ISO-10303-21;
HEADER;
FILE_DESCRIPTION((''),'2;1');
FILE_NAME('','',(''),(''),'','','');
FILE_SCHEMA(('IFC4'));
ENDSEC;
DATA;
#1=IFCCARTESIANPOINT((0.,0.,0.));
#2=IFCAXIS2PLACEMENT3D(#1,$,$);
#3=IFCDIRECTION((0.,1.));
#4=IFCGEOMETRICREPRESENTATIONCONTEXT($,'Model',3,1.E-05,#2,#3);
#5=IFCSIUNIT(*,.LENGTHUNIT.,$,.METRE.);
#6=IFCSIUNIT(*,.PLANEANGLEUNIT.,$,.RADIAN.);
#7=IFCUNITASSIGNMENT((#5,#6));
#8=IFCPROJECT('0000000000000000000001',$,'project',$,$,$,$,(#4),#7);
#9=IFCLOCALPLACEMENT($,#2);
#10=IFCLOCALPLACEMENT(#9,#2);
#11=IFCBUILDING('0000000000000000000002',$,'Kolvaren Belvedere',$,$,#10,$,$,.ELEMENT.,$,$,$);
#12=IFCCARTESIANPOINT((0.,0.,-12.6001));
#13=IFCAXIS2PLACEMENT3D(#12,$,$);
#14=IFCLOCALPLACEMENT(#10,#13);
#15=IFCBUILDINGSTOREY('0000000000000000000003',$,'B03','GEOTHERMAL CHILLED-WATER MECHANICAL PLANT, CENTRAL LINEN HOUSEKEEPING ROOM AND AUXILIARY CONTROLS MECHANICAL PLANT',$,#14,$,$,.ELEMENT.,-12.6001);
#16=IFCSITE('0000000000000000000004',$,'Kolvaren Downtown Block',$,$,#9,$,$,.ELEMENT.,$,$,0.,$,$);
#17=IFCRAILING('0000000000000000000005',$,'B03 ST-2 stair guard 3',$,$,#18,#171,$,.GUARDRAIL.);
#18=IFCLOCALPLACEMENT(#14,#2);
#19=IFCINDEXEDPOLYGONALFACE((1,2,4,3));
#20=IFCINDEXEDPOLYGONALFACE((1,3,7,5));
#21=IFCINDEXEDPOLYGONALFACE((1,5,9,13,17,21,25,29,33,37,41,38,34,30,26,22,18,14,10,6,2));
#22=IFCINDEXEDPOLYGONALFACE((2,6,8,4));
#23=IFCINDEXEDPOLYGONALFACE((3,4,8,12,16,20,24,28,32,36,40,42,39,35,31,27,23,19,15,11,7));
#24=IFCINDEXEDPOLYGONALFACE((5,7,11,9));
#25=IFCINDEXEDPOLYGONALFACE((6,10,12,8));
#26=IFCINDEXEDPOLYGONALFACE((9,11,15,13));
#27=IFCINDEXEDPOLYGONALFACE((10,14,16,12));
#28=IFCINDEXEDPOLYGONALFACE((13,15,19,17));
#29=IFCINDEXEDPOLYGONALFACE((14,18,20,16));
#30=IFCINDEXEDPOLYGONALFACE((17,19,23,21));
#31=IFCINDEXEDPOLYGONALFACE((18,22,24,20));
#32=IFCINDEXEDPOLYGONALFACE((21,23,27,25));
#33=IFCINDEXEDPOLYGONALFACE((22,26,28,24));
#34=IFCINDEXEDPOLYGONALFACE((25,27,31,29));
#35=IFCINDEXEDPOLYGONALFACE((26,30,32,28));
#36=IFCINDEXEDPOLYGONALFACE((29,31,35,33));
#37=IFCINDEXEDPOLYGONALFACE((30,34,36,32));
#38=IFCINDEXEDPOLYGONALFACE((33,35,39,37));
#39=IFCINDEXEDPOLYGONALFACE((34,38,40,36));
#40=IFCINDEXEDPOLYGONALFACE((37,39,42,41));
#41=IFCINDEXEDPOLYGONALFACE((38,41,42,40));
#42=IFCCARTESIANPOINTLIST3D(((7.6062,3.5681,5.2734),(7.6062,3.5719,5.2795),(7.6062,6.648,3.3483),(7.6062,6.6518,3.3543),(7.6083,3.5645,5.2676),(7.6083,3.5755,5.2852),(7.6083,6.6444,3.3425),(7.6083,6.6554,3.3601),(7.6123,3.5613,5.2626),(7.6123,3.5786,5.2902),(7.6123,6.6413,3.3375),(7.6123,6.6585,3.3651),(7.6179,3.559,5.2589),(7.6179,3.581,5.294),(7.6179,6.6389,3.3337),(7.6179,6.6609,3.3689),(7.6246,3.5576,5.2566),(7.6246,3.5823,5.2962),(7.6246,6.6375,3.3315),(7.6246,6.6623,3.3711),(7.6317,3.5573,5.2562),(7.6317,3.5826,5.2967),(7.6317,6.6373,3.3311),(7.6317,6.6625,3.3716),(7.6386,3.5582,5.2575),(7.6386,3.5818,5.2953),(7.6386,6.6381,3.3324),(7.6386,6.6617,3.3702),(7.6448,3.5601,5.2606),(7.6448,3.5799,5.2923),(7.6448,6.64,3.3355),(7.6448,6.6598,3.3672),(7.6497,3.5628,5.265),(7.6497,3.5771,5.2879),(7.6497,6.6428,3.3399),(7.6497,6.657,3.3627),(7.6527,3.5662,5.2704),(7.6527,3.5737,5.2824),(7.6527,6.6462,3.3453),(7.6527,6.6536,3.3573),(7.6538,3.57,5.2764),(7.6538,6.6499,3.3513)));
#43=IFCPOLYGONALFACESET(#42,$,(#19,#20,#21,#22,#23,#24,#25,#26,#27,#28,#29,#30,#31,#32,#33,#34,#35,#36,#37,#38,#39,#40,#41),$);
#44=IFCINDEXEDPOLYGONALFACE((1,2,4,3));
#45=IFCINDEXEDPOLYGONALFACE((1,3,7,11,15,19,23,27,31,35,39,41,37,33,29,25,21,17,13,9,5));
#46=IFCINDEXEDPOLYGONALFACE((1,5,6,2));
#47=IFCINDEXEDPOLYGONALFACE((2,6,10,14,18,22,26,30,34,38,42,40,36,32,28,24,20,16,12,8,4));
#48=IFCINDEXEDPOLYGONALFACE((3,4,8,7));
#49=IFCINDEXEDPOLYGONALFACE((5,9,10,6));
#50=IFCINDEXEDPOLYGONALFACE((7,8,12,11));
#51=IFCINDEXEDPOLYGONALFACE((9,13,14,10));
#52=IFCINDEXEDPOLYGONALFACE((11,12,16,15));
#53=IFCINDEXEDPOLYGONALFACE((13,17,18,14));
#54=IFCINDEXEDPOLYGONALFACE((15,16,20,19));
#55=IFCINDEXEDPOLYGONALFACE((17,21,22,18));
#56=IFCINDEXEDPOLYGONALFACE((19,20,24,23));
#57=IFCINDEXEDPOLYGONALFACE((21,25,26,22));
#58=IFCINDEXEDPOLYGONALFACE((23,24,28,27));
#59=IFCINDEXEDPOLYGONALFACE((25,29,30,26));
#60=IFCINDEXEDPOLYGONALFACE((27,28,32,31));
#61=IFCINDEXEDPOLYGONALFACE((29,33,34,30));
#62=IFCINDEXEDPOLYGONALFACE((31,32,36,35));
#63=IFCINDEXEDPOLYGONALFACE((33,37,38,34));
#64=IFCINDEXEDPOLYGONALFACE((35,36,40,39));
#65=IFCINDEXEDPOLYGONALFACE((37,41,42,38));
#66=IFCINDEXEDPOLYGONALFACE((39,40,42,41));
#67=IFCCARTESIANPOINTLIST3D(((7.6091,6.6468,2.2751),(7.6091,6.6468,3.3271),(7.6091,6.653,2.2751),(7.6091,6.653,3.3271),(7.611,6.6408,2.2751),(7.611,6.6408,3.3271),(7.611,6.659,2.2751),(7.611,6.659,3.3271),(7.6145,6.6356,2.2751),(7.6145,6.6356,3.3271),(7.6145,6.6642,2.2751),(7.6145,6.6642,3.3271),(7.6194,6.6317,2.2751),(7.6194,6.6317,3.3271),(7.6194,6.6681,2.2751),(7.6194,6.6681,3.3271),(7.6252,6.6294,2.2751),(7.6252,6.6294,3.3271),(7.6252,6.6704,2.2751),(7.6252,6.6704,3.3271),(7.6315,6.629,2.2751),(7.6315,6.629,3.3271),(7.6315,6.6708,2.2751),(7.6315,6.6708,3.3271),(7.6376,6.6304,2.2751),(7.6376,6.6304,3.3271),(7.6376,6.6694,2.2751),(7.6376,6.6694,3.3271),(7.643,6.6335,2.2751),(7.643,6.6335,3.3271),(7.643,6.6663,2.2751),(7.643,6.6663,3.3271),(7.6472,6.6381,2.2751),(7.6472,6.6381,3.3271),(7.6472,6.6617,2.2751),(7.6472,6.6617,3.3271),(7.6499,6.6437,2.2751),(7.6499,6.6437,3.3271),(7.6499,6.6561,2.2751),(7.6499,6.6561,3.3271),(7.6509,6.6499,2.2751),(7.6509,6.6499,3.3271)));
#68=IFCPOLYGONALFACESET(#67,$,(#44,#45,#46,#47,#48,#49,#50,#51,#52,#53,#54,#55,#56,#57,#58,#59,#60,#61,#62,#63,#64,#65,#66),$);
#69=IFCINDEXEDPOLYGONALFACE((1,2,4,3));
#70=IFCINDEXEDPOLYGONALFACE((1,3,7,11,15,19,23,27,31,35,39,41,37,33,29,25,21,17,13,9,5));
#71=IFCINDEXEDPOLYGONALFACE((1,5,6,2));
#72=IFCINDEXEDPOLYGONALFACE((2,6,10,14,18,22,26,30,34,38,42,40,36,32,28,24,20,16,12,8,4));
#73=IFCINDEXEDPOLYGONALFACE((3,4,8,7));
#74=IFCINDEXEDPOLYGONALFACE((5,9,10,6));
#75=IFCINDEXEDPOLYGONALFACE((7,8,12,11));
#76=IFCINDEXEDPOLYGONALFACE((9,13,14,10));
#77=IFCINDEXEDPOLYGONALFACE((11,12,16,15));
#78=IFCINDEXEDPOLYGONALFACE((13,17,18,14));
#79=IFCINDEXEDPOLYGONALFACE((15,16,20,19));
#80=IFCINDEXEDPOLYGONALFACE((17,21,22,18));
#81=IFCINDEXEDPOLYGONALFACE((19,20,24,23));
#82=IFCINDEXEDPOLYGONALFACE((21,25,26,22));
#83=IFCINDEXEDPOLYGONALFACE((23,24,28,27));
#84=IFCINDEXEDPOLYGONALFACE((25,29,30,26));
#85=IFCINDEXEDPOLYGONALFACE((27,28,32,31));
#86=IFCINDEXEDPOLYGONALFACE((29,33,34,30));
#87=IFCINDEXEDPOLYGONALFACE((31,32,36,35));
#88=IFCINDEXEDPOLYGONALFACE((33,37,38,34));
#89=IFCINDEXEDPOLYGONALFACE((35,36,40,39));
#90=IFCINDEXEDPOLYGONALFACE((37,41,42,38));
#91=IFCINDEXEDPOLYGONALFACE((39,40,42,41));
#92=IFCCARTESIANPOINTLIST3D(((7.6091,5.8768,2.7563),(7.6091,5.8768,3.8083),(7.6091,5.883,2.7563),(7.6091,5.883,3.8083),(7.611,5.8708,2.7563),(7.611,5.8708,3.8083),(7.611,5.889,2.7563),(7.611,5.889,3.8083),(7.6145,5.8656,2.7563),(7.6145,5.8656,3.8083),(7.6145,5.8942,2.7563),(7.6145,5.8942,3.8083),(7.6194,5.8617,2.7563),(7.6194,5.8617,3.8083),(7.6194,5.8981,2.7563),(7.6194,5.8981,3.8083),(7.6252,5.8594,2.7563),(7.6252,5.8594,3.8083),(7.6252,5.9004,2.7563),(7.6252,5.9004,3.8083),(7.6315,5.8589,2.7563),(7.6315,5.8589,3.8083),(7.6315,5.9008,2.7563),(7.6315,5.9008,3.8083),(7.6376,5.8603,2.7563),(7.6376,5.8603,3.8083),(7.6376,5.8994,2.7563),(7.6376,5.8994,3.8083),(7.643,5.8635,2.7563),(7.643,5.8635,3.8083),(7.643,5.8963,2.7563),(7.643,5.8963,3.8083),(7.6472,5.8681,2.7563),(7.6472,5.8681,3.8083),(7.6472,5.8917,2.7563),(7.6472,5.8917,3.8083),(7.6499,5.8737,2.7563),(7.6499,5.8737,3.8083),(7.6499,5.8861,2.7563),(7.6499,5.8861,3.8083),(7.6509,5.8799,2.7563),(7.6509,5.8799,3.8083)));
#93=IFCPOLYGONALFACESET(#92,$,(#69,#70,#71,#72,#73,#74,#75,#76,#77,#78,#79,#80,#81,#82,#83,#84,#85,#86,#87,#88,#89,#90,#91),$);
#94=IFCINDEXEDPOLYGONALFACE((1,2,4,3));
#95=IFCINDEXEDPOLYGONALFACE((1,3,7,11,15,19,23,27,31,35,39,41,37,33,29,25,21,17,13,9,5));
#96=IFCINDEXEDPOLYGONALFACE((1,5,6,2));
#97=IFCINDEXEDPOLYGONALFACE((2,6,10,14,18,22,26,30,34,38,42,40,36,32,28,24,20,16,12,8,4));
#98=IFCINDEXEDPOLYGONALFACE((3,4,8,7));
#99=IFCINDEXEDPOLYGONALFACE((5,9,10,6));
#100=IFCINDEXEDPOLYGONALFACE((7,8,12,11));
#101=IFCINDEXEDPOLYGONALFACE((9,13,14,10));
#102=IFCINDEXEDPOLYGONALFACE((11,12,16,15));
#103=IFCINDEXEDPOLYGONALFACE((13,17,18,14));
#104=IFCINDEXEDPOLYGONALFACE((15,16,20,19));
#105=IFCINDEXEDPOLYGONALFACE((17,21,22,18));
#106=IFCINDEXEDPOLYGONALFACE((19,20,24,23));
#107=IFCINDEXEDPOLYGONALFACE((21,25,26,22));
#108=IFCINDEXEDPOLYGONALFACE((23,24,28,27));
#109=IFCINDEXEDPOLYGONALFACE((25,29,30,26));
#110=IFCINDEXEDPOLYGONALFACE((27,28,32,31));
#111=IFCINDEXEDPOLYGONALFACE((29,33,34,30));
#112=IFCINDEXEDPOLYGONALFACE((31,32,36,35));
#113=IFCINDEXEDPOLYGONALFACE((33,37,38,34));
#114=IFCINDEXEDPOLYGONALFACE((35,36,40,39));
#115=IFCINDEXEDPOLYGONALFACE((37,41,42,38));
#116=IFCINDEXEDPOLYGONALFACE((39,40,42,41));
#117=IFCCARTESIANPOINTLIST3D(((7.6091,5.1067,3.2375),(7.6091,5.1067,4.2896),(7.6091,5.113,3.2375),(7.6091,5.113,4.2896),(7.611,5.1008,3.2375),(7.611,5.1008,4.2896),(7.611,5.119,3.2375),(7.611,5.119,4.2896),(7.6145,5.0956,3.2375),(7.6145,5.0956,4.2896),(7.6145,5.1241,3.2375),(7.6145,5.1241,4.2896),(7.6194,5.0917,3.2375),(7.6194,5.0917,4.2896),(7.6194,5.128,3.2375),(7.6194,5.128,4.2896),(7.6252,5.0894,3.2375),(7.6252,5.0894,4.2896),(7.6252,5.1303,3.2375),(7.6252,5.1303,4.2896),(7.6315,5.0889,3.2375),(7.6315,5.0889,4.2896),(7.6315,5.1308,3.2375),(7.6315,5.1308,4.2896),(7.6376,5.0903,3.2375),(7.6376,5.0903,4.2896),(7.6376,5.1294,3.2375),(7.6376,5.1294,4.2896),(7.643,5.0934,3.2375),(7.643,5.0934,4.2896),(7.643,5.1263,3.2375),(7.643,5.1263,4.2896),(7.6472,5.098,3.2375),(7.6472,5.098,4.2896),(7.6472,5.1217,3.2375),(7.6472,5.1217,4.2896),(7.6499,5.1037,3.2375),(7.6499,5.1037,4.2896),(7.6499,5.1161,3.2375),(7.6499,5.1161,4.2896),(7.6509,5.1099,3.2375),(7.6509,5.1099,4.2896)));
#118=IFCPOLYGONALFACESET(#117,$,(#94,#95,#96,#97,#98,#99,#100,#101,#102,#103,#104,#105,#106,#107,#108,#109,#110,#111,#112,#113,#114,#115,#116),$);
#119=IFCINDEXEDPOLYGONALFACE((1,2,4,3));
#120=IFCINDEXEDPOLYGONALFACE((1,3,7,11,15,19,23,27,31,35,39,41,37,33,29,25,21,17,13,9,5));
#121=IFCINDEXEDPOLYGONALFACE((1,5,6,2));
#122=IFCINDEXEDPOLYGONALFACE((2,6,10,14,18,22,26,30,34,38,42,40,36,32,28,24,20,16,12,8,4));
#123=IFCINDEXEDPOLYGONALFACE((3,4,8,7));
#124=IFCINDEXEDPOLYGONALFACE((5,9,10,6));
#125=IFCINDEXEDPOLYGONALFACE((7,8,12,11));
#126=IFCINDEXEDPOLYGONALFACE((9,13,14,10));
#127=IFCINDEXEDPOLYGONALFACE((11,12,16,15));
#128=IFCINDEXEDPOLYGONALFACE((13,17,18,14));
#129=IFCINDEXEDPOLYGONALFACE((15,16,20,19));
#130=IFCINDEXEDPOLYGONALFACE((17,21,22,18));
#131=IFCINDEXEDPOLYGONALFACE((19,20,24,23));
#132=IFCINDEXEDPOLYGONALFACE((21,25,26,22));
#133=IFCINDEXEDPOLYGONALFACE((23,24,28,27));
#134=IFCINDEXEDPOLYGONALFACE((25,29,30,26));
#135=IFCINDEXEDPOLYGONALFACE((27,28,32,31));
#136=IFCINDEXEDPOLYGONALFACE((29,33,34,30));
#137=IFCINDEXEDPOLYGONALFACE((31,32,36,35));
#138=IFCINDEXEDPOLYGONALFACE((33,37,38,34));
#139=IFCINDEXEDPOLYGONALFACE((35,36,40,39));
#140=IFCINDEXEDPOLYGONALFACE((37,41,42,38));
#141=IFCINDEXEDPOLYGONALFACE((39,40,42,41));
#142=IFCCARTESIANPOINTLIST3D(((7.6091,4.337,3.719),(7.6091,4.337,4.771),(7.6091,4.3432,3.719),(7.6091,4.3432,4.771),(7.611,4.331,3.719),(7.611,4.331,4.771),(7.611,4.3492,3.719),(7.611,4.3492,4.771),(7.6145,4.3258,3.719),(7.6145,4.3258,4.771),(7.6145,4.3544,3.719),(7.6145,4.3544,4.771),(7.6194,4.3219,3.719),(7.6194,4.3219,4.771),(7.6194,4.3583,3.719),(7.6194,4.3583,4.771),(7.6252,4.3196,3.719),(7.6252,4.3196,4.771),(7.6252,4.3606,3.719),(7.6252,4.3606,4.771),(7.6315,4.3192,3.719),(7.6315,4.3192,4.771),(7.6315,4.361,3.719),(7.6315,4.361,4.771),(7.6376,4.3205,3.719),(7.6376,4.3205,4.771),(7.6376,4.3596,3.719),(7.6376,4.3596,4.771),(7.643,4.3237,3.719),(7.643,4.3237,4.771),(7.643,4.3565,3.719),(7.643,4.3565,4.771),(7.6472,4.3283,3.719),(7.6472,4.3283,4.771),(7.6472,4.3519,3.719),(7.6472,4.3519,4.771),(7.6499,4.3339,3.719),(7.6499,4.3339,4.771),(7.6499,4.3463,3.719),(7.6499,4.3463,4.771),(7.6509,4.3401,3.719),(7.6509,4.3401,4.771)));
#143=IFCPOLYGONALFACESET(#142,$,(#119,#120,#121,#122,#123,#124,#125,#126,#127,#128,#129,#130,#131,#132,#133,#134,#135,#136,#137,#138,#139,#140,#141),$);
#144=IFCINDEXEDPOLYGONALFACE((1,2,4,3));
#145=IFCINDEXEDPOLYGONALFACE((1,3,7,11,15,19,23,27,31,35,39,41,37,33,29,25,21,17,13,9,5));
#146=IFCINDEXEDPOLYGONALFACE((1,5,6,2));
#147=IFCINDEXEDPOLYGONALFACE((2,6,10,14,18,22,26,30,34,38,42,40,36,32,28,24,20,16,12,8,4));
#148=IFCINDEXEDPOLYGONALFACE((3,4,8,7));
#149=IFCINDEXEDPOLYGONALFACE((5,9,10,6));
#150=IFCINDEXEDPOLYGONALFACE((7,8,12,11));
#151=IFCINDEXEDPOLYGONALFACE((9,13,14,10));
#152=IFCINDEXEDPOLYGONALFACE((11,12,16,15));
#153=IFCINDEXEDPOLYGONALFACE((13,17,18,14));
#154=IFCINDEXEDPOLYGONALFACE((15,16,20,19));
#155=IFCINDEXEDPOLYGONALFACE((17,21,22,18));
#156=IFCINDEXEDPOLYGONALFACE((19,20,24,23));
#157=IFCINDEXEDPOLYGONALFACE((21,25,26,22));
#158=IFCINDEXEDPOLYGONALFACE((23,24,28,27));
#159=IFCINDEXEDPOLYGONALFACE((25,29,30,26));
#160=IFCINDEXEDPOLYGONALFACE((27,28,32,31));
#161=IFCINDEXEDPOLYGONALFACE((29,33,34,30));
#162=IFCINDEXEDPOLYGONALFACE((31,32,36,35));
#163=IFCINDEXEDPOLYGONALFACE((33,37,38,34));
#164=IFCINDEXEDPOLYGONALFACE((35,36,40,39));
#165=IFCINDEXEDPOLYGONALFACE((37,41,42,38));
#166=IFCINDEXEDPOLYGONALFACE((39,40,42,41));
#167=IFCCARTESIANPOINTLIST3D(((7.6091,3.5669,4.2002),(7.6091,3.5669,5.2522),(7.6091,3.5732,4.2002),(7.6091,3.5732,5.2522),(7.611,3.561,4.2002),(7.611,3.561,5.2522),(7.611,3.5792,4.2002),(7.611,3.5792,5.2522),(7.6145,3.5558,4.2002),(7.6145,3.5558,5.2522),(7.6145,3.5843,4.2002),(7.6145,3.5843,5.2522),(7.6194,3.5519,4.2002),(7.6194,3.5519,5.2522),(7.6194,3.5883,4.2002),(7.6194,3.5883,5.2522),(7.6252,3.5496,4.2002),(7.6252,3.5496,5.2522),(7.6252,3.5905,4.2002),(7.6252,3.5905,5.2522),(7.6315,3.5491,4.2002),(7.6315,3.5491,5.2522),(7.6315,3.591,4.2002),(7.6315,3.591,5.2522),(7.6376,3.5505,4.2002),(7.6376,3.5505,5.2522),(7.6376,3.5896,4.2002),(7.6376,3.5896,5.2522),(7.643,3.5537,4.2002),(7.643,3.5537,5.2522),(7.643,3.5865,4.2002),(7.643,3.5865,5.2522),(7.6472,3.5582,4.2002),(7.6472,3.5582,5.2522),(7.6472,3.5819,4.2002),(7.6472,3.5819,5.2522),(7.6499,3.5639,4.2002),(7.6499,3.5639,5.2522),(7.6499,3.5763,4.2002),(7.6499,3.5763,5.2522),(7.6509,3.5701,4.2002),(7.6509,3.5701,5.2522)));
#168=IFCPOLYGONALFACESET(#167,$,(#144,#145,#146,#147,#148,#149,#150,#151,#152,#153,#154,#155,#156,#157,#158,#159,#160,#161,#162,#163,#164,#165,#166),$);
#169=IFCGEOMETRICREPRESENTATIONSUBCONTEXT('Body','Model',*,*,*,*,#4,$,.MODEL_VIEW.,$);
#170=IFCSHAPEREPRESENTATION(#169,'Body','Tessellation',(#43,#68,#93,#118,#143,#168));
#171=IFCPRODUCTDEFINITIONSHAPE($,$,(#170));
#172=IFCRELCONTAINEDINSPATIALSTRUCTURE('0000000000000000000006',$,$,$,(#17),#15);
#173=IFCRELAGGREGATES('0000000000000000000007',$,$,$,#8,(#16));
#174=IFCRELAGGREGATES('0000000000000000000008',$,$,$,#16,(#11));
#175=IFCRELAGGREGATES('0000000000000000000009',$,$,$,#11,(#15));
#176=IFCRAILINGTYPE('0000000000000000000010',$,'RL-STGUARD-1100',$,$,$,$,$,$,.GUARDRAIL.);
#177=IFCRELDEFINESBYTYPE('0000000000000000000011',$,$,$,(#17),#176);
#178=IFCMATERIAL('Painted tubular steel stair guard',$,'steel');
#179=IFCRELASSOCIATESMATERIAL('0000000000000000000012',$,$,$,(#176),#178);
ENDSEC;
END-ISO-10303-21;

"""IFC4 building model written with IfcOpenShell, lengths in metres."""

from ifc_helpers import new_model, si_unit, direction, frame, origin, origin_2d, place, context, subcontext, project, spatial, circle, extrude, material, type_object, element, save


model = new_model("IFC4")

# Units and contexts
model_context = context("Model", 3, precision=1e-05, world=origin(), true_north=direction((0.0, 1.0)))
body_context = subcontext(model_context, "Body", "Model", "MODEL_VIEW")
ifc_project = project(units=[si_unit("LENGTHUNIT", "METRE"), si_unit("PLANEANGLEUNIT", "RADIAN")], contexts=[model_context])

# Site, building, storey
site_placement = place(None, origin())
site = spatial("IfcSite", under=ifc_project, at=site_placement, Name="Kolvaren Downtown Block", CompositionType="ELEMENT", RefElevation=0.0)
building_placement = place(site_placement, origin())
building = spatial("IfcBuilding", under=site, at=building_placement, Name="Kolvaren Belvedere", CompositionType="ELEMENT")
storey_placement = place(building_placement, frame((0.0, 0.0, -12.6001)))
storey = spatial("IfcBuildingStorey", under=building, at=storey_placement, Name="B03", Description="GEOTHERMAL CHILLED-WATER MECHANICAL PLANT, CENTRAL LINEN HOUSEKEEPING ROOM AND AUXILIARY CONTROLS MECHANICAL PLANT", CompositionType="ELEMENT", Elevation=-12.6001)

# Railing
ifc_material_1 = material(Name="Painted tubular steel stair guard", Category="steel")
railing_type = type_object("IfcRailingType", Name="RL-STGUARD-1100", PredefinedType="GUARDRAIL", material=ifc_material_1)
railing_1_placement = place(storey_placement, frame((7.6299, 6.6499, 2.2751)))
element("IfcRailing", 1, at=railing_1_placement, inside=storey, type_object=railing_type, Name="B03 ST-2 stair guard 3", PredefinedType="GUARDRAIL", context=body_context, shape_type="SweptSolid", body=[
    extrude(circle(Radius=0.0239, at=origin_2d()), frame((0.0, 0.0, 1.0762), z_axis=(0.0, -0.847979, 0.530029), x_axis=(1.0, 0.0, 0.0)), (0.0, 0.0, 1.0), 3.6321),
    extrude(circle(Radius=0.021, at=origin_2d()), origin(), (0.0, 0.0, 1.0), 1.052),
    extrude(circle(Radius=0.021, at=origin_2d()), frame((0.0, -0.77, 0.4812)), (0.0, 0.0, 1.0), 1.052),
    extrude(circle(Radius=0.021, at=origin_2d()), frame((0.0, -1.54, 0.9624)), (0.0, 0.0, 1.0), 1.052),
    extrude(circle(Radius=0.021, at=origin_2d()), frame((0.0, -2.3098, 1.4438)), (0.0, 0.0, 1.0), 1.052),
    extrude(circle(Radius=0.021, at=origin_2d()), frame((0.0, -3.0798, 1.925)), (0.0, 0.0, 1.0), 1.052),
])

save(model, "model.ifc")
